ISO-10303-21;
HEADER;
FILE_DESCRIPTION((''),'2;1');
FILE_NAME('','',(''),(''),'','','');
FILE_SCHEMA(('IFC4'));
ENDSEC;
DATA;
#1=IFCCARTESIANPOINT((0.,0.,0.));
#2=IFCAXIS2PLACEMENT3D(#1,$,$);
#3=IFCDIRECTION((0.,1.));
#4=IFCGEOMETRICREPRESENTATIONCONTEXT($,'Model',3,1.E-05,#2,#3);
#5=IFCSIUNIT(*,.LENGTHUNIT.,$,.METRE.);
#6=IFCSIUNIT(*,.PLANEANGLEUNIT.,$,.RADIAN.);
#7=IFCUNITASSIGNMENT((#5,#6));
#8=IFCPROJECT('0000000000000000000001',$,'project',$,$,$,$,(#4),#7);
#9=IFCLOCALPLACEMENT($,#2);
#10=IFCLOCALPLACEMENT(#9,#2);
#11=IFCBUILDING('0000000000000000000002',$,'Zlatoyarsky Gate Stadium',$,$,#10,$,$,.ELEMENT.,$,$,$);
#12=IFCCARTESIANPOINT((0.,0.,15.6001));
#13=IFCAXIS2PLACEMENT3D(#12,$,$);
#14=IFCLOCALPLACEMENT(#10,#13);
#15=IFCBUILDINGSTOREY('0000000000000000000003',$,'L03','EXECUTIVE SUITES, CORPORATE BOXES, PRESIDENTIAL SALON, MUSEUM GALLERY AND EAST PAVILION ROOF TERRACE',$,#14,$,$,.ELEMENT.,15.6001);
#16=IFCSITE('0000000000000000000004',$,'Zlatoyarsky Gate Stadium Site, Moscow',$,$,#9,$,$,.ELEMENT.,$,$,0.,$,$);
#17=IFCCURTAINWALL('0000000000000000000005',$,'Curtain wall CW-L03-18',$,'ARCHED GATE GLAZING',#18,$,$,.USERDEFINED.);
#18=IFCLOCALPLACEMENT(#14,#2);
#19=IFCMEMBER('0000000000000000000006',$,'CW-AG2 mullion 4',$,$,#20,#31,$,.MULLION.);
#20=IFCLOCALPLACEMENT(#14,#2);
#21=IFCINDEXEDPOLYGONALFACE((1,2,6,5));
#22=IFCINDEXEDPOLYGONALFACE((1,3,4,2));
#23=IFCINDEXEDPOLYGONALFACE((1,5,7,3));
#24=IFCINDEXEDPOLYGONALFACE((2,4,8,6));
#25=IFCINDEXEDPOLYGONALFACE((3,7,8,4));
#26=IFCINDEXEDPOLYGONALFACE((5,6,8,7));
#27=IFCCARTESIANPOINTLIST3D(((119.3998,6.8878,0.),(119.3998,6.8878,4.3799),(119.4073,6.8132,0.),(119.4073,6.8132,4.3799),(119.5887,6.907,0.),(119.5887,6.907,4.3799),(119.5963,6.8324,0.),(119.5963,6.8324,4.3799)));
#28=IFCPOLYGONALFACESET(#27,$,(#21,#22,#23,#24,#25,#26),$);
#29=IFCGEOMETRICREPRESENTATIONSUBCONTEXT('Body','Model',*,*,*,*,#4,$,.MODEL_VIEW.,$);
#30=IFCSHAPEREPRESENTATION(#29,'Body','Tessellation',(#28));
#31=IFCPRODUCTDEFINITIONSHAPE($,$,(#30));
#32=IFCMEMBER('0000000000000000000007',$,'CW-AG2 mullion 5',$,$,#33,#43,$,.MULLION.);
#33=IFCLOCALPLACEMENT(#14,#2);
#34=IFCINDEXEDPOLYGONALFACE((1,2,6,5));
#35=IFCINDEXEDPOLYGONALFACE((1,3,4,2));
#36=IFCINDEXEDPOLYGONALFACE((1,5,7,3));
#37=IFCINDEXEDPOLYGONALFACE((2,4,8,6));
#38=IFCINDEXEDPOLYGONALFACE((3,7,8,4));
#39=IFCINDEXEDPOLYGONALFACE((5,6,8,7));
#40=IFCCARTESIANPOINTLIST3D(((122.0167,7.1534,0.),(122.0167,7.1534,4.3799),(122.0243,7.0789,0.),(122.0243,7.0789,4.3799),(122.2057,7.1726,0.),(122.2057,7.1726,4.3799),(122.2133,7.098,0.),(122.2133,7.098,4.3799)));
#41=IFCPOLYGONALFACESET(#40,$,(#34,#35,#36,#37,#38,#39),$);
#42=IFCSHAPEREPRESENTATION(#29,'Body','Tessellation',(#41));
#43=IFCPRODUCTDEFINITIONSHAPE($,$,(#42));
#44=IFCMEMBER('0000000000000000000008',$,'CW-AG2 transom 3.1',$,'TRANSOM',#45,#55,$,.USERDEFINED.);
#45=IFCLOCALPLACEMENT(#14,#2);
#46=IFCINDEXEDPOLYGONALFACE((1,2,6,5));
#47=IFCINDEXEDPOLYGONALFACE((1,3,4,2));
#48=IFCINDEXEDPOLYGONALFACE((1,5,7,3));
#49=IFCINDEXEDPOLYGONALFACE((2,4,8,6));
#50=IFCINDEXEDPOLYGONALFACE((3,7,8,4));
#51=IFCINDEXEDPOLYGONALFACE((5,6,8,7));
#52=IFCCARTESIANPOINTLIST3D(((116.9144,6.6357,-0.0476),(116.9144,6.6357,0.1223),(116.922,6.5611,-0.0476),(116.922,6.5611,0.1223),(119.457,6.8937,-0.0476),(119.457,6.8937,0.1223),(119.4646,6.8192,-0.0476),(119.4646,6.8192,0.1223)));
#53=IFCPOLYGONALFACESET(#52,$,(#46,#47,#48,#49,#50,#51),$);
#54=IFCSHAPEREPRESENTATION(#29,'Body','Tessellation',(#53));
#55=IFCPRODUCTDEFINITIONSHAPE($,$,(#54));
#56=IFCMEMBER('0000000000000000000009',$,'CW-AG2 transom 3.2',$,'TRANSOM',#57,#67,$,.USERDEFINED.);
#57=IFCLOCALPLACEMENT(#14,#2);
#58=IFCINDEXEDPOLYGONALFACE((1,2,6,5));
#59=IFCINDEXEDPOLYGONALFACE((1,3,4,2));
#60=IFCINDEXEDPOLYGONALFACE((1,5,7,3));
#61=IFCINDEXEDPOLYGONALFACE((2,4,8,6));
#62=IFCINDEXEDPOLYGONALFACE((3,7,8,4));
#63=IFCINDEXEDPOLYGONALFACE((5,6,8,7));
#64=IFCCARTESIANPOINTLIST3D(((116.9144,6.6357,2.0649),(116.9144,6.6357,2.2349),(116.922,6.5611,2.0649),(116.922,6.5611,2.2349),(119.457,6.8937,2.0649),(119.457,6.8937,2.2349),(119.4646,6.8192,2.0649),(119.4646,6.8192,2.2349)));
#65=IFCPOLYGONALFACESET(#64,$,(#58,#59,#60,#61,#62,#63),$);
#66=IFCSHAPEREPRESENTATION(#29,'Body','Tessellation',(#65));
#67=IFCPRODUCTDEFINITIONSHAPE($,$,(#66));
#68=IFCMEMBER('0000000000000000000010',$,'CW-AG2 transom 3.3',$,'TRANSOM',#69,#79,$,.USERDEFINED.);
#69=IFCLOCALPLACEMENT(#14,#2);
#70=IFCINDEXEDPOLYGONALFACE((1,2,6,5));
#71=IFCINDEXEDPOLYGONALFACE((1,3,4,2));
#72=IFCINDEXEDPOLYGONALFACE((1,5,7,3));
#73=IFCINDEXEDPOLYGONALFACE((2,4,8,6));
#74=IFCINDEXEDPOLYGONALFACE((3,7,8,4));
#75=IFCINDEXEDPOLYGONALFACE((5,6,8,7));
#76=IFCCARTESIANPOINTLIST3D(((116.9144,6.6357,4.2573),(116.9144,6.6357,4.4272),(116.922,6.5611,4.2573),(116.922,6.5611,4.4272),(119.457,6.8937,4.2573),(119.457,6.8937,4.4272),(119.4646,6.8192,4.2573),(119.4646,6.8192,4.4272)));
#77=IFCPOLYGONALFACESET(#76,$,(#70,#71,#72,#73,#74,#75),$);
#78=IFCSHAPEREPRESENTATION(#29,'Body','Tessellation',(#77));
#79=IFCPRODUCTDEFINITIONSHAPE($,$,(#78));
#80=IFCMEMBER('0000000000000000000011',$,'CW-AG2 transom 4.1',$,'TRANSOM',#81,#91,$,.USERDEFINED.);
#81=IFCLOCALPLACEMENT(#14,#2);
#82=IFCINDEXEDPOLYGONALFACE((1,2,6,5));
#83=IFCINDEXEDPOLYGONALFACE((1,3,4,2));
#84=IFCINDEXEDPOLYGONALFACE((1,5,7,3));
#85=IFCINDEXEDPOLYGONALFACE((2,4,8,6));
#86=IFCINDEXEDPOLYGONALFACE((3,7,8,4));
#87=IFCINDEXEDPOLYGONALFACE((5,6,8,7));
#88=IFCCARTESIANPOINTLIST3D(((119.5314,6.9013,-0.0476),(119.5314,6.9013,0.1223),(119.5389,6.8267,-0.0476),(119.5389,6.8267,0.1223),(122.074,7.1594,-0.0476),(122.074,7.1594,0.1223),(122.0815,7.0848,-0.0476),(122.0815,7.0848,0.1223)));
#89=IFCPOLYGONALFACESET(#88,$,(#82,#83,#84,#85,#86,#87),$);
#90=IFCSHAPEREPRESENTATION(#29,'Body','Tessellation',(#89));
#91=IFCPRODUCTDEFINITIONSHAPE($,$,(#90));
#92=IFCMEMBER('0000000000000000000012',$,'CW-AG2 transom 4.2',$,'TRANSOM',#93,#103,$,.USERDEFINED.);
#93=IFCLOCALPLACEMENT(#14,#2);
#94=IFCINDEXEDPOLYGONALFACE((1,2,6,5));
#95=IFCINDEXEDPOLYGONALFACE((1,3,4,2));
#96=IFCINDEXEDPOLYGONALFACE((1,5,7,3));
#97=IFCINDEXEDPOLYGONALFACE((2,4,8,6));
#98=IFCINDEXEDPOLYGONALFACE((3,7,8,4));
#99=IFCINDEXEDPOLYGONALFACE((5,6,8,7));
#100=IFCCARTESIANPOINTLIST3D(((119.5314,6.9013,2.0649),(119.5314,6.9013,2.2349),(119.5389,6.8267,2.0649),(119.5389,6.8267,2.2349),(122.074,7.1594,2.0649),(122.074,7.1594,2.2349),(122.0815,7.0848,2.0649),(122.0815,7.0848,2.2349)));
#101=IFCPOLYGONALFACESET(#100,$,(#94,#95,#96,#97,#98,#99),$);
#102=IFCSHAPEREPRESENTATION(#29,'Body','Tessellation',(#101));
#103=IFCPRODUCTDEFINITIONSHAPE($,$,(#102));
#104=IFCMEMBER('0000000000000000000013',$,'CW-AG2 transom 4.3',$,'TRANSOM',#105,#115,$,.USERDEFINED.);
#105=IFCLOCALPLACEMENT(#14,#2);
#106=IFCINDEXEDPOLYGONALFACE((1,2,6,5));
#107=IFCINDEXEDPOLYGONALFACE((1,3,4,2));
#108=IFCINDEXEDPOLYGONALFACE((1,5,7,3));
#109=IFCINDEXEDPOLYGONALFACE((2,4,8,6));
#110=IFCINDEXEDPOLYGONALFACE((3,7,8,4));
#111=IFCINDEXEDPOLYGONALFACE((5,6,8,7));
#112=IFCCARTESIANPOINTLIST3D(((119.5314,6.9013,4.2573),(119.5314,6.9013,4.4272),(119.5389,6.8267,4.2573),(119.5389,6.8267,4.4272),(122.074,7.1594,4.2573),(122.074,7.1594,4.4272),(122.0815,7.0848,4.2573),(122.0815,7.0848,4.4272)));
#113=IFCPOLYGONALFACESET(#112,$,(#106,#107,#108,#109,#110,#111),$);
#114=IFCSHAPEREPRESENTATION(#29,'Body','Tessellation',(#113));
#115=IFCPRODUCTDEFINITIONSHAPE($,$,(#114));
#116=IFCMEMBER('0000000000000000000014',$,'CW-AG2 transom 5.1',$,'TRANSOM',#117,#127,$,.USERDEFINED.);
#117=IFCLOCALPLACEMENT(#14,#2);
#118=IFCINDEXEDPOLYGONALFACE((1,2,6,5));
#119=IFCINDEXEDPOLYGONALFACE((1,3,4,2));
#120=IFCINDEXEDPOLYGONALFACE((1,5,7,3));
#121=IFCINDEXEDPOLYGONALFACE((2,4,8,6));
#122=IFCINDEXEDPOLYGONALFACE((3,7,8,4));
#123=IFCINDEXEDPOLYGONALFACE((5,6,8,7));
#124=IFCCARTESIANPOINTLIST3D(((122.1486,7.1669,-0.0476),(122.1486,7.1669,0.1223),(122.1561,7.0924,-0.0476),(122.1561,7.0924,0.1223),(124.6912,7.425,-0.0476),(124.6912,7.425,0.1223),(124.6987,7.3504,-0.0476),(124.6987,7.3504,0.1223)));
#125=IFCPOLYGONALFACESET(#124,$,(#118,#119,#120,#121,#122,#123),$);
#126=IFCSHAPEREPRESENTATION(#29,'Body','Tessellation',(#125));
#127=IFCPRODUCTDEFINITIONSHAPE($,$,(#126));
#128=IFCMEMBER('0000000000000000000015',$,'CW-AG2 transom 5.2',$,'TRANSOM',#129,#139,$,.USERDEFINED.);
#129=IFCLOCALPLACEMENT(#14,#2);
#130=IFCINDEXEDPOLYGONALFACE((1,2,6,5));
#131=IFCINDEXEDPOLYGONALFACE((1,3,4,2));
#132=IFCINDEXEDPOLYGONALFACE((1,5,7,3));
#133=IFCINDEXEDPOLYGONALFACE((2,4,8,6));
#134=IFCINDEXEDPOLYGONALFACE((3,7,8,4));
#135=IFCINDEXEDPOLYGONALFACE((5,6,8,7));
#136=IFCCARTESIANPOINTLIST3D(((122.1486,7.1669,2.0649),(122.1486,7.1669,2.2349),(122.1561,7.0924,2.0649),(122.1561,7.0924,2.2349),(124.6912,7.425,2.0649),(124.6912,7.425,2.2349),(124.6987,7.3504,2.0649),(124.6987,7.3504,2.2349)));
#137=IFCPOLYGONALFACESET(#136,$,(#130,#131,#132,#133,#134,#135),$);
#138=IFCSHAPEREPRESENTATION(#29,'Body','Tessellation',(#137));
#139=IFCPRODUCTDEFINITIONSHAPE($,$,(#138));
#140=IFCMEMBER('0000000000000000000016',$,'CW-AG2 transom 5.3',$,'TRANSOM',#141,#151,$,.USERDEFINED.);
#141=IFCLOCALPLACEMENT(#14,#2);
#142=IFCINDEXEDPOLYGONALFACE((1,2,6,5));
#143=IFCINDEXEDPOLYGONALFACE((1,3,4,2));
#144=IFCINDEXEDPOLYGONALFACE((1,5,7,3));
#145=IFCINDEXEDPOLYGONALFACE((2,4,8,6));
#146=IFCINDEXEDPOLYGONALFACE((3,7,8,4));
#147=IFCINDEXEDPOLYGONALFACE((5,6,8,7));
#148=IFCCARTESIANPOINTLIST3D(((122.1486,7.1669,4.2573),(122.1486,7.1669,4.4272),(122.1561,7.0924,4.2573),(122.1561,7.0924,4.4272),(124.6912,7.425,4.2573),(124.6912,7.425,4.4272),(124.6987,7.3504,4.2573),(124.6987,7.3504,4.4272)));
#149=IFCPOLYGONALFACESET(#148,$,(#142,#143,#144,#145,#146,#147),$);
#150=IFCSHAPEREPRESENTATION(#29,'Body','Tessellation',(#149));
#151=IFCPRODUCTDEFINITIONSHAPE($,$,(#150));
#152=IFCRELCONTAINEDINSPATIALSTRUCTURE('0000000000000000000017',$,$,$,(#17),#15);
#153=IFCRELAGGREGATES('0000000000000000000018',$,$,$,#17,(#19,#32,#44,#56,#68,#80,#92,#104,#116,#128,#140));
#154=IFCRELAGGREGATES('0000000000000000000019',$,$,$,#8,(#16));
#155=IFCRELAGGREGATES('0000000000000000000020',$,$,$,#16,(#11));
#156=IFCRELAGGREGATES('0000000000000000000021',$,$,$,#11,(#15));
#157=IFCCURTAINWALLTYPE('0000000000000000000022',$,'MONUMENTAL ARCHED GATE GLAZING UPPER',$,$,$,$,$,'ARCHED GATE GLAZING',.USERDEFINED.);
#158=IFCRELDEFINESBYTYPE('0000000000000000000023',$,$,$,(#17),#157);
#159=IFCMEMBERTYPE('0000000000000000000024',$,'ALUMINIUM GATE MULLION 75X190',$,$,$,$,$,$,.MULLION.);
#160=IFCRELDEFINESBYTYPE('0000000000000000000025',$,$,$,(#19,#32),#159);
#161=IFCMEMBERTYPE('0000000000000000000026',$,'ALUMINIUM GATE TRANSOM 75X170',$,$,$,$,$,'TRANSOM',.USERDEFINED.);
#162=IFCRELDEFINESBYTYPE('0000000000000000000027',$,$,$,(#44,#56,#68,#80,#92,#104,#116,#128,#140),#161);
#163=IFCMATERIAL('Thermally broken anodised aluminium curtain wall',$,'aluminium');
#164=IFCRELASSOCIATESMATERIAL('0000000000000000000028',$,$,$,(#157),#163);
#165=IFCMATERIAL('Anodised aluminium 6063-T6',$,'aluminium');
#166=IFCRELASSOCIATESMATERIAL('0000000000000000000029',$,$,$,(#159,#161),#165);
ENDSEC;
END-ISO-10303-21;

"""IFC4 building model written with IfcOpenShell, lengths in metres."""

from ifc_helpers import new_model, si_unit, direction, frame, origin, origin_2d, place, context, subcontext, project, spatial, rectangle, extrude, material, material_profile, profile_set, type_object, element, aggregate, save


model = new_model("IFC4")

# Units and contexts
model_context = context("Model", 3, precision=1e-05, world=origin(), true_north=direction((0.0, 1.0)))
body_context = subcontext(model_context, "Body", "Model", "MODEL_VIEW")
ifc_project = project(units=[si_unit("LENGTHUNIT", "METRE"), si_unit("PLANEANGLEUNIT", "RADIAN")], contexts=[model_context])

# Site, building, storey
site_placement = place(None, origin())
site = spatial("IfcSite", under=ifc_project, at=site_placement, Name="Zlatoyarsky Gate Stadium Site, Moscow", CompositionType="ELEMENT", RefElevation=0.0)
building_placement = place(site_placement, origin())
building = spatial("IfcBuilding", under=site, at=building_placement, Name="Zlatoyarsky Gate Stadium", CompositionType="ELEMENT")
storey_placement = place(building_placement, frame((0.0, 0.0, 15.6001)))
storey = spatial("IfcBuildingStorey", under=building, at=storey_placement, Name="L03", Description="EXECUTIVE SUITES, CORPORATE BOXES, PRESIDENTIAL SALON, MUSEUM GALLERY AND EAST PAVILION ROOF TERRACE", CompositionType="ELEMENT", Elevation=15.6001)

# Curtain wall, members
ifc_material_1 = material(Name="Thermally broken anodised aluminium curtain wall", Category="aluminium")
curtain_wall_type = type_object("IfcCurtainWallType", Name="MONUMENTAL ARCHED GATE GLAZING UPPER", ElementType="ARCHED GATE GLAZING", PredefinedType="USERDEFINED", material=ifc_material_1)
curtain_wall_placement = place(storey_placement, origin())
curtain_wall = element("IfcCurtainWall", 1, at=curtain_wall_placement, inside=storey, type_object=curtain_wall_type, Name="Curtain wall CW-L03-18", ObjectType="ARCHED GATE GLAZING", PredefinedType="USERDEFINED")
ifc_material_2 = material(Name="Anodised aluminium 6063-T6", Category="aluminium")
ifc_material_profile_1 = material_profile(ifc_material_2, rectangle(XDim=0.075, YDim=0.1899, at=origin_2d()), Name="ALU 75X190")
ifc_profile_set_1 = profile_set([ifc_material_profile_1], Name="Anodised aluminium 6063-T6")
member_type_1 = type_object("IfcMemberType", Name="ALUMINIUM GATE MULLION 75X190", PredefinedType="MULLION", material=ifc_profile_set_1)
member_1_placement = place(storey_placement, frame((119.498, 6.8601, 0.0), z_axis=(0.0, 0.0, 1.0), x_axis=(-0.100968, 0.99489, 0.0)))
member_1 = element("IfcMember", 2, at=member_1_placement, type_object=member_type_1, Name="CW-AG2 mullion 4", PredefinedType="MULLION", context=body_context, shape_type="SweptSolid", body=[
    extrude(rectangle(XDim=0.075, YDim=0.1899, at=origin_2d()), origin(), (0.0, 0.0, 1.0), 4.3799),
])
member_2_placement = place(storey_placement, frame((122.115, 7.1257, 0.0), z_axis=(0.0, 0.0, 1.0), x_axis=(-0.100968, 0.99489, 0.0)))
member_2 = element("IfcMember", 3, at=member_2_placement, type_object=member_type_1, Name="CW-AG2 mullion 5", PredefinedType="MULLION", context=body_context, shape_type="SweptSolid", body=[
    extrude(rectangle(XDim=0.075, YDim=0.1899, at=origin_2d()), origin(), (0.0, 0.0, 1.0), 4.3799),
])
ifc_material_profile_2 = material_profile(ifc_material_2, rectangle(XDim=0.075, YDim=0.1699, at=origin_2d()), Name="ALU 75X170")
ifc_profile_set_2 = profile_set([ifc_material_profile_2], Name="Anodised aluminium 6063-T6")
member_type_2 = type_object("IfcMemberType", Name="ALUMINIUM GATE TRANSOM 75X170", ElementType="TRANSOM", PredefinedType="USERDEFINED", material=ifc_profile_set_2)
member_3_placement = place(storey_placement, frame((116.9182, 6.5984, 0.0374), z_axis=(0.994889, 0.100979, 0.0), x_axis=(-0.100979, 0.994889, 0.0)))
member_3 = element("IfcMember", 4, at=member_3_placement, type_object=member_type_2, Name="CW-AG2 transom 3.1", ObjectType="TRANSOM", PredefinedType="USERDEFINED", context=body_context, shape_type="SweptSolid", body=[
    extrude(rectangle(XDim=0.075, YDim=0.1699, at=origin_2d()), origin(), (0.0, 0.0, 1.0), 2.5557),
])
member_4_placement = place(storey_placement, frame((116.9182, 6.5984, 2.1499), z_axis=(0.994889, 0.100979, 0.0), x_axis=(-0.100979, 0.994889, 0.0)))
member_4 = element("IfcMember", 5, at=member_4_placement, type_object=member_type_2, Name="CW-AG2 transom 3.2", ObjectType="TRANSOM", PredefinedType="USERDEFINED", context=body_context, shape_type="SweptSolid", body=[
    extrude(rectangle(XDim=0.075, YDim=0.1699, at=origin_2d()), origin(), (0.0, 0.0, 1.0), 2.5557),
])
member_5_placement = place(storey_placement, frame((116.9182, 6.5984, 4.3423), z_axis=(0.994889, 0.100979, 0.0), x_axis=(-0.100979, 0.994889, 0.0)))
member_5 = element("IfcMember", 6, at=member_5_placement, type_object=member_type_2, Name="CW-AG2 transom 3.3", ObjectType="TRANSOM", PredefinedType="USERDEFINED", context=body_context, shape_type="SweptSolid", body=[
    extrude(rectangle(XDim=0.075, YDim=0.1699, at=origin_2d()), origin(), (0.0, 0.0, 1.0), 2.5557),
])
member_6_placement = place(storey_placement, frame((119.5352, 6.864, 0.0374), z_axis=(0.994889, 0.100979, 0.0), x_axis=(-0.100979, 0.994889, 0.0)))
member_6 = element("IfcMember", 7, at=member_6_placement, type_object=member_type_2, Name="CW-AG2 transom 4.1", ObjectType="TRANSOM", PredefinedType="USERDEFINED", context=body_context, shape_type="SweptSolid", body=[
    extrude(rectangle(XDim=0.075, YDim=0.1699, at=origin_2d()), origin(), (0.0, 0.0, 1.0), 2.5557),
])
member_7_placement = place(storey_placement, frame((119.5352, 6.864, 2.1499), z_axis=(0.994889, 0.100979, 0.0), x_axis=(-0.100979, 0.994889, 0.0)))
member_7 = element("IfcMember", 8, at=member_7_placement, type_object=member_type_2, Name="CW-AG2 transom 4.2", ObjectType="TRANSOM", PredefinedType="USERDEFINED", context=body_context, shape_type="SweptSolid", body=[
    extrude(rectangle(XDim=0.075, YDim=0.1699, at=origin_2d()), origin(), (0.0, 0.0, 1.0), 2.5557),
])
member_8_placement = place(storey_placement, frame((119.5352, 6.864, 4.3423), z_axis=(0.994889, 0.100979, 0.0), x_axis=(-0.100979, 0.994889, 0.0)))
member_8 = element("IfcMember", 9, at=member_8_placement, type_object=member_type_2, Name="CW-AG2 transom 4.3", ObjectType="TRANSOM", PredefinedType="USERDEFINED", context=body_context, shape_type="SweptSolid", body=[
    extrude(rectangle(XDim=0.075, YDim=0.1699, at=origin_2d()), origin(), (0.0, 0.0, 1.0), 2.5557),
])
member_9_placement = place(storey_placement, frame((122.1523, 7.1296, 0.0374), z_axis=(0.994889, 0.100979, 0.0), x_axis=(-0.100979, 0.994889, 0.0)))
member_9 = element("IfcMember", 10, at=member_9_placement, type_object=member_type_2, Name="CW-AG2 transom 5.1", ObjectType="TRANSOM", PredefinedType="USERDEFINED", context=body_context, shape_type="SweptSolid", body=[
    extrude(rectangle(XDim=0.075, YDim=0.1699, at=origin_2d()), origin(), (0.0, 0.0, 1.0), 2.5557),
])
member_10_placement = place(storey_placement, frame((122.1523, 7.1296, 2.1499), z_axis=(0.994889, 0.100979, 0.0), x_axis=(-0.100979, 0.994889, 0.0)))
member_10 = element("IfcMember", 11, at=member_10_placement, type_object=member_type_2, Name="CW-AG2 transom 5.2", ObjectType="TRANSOM", PredefinedType="USERDEFINED", context=body_context, shape_type="SweptSolid", body=[
    extrude(rectangle(XDim=0.075, YDim=0.1699, at=origin_2d()), origin(), (0.0, 0.0, 1.0), 2.5557),
])
member_11_placement = place(storey_placement, frame((122.1523, 7.1296, 4.3423), z_axis=(0.994889, 0.100979, 0.0), x_axis=(-0.100979, 0.994889, 0.0)))
member_11 = element("IfcMember", 12, at=member_11_placement, type_object=member_type_2, Name="CW-AG2 transom 5.3", ObjectType="TRANSOM", PredefinedType="USERDEFINED", context=body_context, shape_type="SweptSolid", body=[
    extrude(rectangle(XDim=0.075, YDim=0.1699, at=origin_2d()), origin(), (0.0, 0.0, 1.0), 2.5557),
])

aggregate(curtain_wall, [member_1, member_2, member_3, member_4, member_5, member_6, member_7, member_8, member_9, member_10, member_11])

save(model, "model.ifc")
